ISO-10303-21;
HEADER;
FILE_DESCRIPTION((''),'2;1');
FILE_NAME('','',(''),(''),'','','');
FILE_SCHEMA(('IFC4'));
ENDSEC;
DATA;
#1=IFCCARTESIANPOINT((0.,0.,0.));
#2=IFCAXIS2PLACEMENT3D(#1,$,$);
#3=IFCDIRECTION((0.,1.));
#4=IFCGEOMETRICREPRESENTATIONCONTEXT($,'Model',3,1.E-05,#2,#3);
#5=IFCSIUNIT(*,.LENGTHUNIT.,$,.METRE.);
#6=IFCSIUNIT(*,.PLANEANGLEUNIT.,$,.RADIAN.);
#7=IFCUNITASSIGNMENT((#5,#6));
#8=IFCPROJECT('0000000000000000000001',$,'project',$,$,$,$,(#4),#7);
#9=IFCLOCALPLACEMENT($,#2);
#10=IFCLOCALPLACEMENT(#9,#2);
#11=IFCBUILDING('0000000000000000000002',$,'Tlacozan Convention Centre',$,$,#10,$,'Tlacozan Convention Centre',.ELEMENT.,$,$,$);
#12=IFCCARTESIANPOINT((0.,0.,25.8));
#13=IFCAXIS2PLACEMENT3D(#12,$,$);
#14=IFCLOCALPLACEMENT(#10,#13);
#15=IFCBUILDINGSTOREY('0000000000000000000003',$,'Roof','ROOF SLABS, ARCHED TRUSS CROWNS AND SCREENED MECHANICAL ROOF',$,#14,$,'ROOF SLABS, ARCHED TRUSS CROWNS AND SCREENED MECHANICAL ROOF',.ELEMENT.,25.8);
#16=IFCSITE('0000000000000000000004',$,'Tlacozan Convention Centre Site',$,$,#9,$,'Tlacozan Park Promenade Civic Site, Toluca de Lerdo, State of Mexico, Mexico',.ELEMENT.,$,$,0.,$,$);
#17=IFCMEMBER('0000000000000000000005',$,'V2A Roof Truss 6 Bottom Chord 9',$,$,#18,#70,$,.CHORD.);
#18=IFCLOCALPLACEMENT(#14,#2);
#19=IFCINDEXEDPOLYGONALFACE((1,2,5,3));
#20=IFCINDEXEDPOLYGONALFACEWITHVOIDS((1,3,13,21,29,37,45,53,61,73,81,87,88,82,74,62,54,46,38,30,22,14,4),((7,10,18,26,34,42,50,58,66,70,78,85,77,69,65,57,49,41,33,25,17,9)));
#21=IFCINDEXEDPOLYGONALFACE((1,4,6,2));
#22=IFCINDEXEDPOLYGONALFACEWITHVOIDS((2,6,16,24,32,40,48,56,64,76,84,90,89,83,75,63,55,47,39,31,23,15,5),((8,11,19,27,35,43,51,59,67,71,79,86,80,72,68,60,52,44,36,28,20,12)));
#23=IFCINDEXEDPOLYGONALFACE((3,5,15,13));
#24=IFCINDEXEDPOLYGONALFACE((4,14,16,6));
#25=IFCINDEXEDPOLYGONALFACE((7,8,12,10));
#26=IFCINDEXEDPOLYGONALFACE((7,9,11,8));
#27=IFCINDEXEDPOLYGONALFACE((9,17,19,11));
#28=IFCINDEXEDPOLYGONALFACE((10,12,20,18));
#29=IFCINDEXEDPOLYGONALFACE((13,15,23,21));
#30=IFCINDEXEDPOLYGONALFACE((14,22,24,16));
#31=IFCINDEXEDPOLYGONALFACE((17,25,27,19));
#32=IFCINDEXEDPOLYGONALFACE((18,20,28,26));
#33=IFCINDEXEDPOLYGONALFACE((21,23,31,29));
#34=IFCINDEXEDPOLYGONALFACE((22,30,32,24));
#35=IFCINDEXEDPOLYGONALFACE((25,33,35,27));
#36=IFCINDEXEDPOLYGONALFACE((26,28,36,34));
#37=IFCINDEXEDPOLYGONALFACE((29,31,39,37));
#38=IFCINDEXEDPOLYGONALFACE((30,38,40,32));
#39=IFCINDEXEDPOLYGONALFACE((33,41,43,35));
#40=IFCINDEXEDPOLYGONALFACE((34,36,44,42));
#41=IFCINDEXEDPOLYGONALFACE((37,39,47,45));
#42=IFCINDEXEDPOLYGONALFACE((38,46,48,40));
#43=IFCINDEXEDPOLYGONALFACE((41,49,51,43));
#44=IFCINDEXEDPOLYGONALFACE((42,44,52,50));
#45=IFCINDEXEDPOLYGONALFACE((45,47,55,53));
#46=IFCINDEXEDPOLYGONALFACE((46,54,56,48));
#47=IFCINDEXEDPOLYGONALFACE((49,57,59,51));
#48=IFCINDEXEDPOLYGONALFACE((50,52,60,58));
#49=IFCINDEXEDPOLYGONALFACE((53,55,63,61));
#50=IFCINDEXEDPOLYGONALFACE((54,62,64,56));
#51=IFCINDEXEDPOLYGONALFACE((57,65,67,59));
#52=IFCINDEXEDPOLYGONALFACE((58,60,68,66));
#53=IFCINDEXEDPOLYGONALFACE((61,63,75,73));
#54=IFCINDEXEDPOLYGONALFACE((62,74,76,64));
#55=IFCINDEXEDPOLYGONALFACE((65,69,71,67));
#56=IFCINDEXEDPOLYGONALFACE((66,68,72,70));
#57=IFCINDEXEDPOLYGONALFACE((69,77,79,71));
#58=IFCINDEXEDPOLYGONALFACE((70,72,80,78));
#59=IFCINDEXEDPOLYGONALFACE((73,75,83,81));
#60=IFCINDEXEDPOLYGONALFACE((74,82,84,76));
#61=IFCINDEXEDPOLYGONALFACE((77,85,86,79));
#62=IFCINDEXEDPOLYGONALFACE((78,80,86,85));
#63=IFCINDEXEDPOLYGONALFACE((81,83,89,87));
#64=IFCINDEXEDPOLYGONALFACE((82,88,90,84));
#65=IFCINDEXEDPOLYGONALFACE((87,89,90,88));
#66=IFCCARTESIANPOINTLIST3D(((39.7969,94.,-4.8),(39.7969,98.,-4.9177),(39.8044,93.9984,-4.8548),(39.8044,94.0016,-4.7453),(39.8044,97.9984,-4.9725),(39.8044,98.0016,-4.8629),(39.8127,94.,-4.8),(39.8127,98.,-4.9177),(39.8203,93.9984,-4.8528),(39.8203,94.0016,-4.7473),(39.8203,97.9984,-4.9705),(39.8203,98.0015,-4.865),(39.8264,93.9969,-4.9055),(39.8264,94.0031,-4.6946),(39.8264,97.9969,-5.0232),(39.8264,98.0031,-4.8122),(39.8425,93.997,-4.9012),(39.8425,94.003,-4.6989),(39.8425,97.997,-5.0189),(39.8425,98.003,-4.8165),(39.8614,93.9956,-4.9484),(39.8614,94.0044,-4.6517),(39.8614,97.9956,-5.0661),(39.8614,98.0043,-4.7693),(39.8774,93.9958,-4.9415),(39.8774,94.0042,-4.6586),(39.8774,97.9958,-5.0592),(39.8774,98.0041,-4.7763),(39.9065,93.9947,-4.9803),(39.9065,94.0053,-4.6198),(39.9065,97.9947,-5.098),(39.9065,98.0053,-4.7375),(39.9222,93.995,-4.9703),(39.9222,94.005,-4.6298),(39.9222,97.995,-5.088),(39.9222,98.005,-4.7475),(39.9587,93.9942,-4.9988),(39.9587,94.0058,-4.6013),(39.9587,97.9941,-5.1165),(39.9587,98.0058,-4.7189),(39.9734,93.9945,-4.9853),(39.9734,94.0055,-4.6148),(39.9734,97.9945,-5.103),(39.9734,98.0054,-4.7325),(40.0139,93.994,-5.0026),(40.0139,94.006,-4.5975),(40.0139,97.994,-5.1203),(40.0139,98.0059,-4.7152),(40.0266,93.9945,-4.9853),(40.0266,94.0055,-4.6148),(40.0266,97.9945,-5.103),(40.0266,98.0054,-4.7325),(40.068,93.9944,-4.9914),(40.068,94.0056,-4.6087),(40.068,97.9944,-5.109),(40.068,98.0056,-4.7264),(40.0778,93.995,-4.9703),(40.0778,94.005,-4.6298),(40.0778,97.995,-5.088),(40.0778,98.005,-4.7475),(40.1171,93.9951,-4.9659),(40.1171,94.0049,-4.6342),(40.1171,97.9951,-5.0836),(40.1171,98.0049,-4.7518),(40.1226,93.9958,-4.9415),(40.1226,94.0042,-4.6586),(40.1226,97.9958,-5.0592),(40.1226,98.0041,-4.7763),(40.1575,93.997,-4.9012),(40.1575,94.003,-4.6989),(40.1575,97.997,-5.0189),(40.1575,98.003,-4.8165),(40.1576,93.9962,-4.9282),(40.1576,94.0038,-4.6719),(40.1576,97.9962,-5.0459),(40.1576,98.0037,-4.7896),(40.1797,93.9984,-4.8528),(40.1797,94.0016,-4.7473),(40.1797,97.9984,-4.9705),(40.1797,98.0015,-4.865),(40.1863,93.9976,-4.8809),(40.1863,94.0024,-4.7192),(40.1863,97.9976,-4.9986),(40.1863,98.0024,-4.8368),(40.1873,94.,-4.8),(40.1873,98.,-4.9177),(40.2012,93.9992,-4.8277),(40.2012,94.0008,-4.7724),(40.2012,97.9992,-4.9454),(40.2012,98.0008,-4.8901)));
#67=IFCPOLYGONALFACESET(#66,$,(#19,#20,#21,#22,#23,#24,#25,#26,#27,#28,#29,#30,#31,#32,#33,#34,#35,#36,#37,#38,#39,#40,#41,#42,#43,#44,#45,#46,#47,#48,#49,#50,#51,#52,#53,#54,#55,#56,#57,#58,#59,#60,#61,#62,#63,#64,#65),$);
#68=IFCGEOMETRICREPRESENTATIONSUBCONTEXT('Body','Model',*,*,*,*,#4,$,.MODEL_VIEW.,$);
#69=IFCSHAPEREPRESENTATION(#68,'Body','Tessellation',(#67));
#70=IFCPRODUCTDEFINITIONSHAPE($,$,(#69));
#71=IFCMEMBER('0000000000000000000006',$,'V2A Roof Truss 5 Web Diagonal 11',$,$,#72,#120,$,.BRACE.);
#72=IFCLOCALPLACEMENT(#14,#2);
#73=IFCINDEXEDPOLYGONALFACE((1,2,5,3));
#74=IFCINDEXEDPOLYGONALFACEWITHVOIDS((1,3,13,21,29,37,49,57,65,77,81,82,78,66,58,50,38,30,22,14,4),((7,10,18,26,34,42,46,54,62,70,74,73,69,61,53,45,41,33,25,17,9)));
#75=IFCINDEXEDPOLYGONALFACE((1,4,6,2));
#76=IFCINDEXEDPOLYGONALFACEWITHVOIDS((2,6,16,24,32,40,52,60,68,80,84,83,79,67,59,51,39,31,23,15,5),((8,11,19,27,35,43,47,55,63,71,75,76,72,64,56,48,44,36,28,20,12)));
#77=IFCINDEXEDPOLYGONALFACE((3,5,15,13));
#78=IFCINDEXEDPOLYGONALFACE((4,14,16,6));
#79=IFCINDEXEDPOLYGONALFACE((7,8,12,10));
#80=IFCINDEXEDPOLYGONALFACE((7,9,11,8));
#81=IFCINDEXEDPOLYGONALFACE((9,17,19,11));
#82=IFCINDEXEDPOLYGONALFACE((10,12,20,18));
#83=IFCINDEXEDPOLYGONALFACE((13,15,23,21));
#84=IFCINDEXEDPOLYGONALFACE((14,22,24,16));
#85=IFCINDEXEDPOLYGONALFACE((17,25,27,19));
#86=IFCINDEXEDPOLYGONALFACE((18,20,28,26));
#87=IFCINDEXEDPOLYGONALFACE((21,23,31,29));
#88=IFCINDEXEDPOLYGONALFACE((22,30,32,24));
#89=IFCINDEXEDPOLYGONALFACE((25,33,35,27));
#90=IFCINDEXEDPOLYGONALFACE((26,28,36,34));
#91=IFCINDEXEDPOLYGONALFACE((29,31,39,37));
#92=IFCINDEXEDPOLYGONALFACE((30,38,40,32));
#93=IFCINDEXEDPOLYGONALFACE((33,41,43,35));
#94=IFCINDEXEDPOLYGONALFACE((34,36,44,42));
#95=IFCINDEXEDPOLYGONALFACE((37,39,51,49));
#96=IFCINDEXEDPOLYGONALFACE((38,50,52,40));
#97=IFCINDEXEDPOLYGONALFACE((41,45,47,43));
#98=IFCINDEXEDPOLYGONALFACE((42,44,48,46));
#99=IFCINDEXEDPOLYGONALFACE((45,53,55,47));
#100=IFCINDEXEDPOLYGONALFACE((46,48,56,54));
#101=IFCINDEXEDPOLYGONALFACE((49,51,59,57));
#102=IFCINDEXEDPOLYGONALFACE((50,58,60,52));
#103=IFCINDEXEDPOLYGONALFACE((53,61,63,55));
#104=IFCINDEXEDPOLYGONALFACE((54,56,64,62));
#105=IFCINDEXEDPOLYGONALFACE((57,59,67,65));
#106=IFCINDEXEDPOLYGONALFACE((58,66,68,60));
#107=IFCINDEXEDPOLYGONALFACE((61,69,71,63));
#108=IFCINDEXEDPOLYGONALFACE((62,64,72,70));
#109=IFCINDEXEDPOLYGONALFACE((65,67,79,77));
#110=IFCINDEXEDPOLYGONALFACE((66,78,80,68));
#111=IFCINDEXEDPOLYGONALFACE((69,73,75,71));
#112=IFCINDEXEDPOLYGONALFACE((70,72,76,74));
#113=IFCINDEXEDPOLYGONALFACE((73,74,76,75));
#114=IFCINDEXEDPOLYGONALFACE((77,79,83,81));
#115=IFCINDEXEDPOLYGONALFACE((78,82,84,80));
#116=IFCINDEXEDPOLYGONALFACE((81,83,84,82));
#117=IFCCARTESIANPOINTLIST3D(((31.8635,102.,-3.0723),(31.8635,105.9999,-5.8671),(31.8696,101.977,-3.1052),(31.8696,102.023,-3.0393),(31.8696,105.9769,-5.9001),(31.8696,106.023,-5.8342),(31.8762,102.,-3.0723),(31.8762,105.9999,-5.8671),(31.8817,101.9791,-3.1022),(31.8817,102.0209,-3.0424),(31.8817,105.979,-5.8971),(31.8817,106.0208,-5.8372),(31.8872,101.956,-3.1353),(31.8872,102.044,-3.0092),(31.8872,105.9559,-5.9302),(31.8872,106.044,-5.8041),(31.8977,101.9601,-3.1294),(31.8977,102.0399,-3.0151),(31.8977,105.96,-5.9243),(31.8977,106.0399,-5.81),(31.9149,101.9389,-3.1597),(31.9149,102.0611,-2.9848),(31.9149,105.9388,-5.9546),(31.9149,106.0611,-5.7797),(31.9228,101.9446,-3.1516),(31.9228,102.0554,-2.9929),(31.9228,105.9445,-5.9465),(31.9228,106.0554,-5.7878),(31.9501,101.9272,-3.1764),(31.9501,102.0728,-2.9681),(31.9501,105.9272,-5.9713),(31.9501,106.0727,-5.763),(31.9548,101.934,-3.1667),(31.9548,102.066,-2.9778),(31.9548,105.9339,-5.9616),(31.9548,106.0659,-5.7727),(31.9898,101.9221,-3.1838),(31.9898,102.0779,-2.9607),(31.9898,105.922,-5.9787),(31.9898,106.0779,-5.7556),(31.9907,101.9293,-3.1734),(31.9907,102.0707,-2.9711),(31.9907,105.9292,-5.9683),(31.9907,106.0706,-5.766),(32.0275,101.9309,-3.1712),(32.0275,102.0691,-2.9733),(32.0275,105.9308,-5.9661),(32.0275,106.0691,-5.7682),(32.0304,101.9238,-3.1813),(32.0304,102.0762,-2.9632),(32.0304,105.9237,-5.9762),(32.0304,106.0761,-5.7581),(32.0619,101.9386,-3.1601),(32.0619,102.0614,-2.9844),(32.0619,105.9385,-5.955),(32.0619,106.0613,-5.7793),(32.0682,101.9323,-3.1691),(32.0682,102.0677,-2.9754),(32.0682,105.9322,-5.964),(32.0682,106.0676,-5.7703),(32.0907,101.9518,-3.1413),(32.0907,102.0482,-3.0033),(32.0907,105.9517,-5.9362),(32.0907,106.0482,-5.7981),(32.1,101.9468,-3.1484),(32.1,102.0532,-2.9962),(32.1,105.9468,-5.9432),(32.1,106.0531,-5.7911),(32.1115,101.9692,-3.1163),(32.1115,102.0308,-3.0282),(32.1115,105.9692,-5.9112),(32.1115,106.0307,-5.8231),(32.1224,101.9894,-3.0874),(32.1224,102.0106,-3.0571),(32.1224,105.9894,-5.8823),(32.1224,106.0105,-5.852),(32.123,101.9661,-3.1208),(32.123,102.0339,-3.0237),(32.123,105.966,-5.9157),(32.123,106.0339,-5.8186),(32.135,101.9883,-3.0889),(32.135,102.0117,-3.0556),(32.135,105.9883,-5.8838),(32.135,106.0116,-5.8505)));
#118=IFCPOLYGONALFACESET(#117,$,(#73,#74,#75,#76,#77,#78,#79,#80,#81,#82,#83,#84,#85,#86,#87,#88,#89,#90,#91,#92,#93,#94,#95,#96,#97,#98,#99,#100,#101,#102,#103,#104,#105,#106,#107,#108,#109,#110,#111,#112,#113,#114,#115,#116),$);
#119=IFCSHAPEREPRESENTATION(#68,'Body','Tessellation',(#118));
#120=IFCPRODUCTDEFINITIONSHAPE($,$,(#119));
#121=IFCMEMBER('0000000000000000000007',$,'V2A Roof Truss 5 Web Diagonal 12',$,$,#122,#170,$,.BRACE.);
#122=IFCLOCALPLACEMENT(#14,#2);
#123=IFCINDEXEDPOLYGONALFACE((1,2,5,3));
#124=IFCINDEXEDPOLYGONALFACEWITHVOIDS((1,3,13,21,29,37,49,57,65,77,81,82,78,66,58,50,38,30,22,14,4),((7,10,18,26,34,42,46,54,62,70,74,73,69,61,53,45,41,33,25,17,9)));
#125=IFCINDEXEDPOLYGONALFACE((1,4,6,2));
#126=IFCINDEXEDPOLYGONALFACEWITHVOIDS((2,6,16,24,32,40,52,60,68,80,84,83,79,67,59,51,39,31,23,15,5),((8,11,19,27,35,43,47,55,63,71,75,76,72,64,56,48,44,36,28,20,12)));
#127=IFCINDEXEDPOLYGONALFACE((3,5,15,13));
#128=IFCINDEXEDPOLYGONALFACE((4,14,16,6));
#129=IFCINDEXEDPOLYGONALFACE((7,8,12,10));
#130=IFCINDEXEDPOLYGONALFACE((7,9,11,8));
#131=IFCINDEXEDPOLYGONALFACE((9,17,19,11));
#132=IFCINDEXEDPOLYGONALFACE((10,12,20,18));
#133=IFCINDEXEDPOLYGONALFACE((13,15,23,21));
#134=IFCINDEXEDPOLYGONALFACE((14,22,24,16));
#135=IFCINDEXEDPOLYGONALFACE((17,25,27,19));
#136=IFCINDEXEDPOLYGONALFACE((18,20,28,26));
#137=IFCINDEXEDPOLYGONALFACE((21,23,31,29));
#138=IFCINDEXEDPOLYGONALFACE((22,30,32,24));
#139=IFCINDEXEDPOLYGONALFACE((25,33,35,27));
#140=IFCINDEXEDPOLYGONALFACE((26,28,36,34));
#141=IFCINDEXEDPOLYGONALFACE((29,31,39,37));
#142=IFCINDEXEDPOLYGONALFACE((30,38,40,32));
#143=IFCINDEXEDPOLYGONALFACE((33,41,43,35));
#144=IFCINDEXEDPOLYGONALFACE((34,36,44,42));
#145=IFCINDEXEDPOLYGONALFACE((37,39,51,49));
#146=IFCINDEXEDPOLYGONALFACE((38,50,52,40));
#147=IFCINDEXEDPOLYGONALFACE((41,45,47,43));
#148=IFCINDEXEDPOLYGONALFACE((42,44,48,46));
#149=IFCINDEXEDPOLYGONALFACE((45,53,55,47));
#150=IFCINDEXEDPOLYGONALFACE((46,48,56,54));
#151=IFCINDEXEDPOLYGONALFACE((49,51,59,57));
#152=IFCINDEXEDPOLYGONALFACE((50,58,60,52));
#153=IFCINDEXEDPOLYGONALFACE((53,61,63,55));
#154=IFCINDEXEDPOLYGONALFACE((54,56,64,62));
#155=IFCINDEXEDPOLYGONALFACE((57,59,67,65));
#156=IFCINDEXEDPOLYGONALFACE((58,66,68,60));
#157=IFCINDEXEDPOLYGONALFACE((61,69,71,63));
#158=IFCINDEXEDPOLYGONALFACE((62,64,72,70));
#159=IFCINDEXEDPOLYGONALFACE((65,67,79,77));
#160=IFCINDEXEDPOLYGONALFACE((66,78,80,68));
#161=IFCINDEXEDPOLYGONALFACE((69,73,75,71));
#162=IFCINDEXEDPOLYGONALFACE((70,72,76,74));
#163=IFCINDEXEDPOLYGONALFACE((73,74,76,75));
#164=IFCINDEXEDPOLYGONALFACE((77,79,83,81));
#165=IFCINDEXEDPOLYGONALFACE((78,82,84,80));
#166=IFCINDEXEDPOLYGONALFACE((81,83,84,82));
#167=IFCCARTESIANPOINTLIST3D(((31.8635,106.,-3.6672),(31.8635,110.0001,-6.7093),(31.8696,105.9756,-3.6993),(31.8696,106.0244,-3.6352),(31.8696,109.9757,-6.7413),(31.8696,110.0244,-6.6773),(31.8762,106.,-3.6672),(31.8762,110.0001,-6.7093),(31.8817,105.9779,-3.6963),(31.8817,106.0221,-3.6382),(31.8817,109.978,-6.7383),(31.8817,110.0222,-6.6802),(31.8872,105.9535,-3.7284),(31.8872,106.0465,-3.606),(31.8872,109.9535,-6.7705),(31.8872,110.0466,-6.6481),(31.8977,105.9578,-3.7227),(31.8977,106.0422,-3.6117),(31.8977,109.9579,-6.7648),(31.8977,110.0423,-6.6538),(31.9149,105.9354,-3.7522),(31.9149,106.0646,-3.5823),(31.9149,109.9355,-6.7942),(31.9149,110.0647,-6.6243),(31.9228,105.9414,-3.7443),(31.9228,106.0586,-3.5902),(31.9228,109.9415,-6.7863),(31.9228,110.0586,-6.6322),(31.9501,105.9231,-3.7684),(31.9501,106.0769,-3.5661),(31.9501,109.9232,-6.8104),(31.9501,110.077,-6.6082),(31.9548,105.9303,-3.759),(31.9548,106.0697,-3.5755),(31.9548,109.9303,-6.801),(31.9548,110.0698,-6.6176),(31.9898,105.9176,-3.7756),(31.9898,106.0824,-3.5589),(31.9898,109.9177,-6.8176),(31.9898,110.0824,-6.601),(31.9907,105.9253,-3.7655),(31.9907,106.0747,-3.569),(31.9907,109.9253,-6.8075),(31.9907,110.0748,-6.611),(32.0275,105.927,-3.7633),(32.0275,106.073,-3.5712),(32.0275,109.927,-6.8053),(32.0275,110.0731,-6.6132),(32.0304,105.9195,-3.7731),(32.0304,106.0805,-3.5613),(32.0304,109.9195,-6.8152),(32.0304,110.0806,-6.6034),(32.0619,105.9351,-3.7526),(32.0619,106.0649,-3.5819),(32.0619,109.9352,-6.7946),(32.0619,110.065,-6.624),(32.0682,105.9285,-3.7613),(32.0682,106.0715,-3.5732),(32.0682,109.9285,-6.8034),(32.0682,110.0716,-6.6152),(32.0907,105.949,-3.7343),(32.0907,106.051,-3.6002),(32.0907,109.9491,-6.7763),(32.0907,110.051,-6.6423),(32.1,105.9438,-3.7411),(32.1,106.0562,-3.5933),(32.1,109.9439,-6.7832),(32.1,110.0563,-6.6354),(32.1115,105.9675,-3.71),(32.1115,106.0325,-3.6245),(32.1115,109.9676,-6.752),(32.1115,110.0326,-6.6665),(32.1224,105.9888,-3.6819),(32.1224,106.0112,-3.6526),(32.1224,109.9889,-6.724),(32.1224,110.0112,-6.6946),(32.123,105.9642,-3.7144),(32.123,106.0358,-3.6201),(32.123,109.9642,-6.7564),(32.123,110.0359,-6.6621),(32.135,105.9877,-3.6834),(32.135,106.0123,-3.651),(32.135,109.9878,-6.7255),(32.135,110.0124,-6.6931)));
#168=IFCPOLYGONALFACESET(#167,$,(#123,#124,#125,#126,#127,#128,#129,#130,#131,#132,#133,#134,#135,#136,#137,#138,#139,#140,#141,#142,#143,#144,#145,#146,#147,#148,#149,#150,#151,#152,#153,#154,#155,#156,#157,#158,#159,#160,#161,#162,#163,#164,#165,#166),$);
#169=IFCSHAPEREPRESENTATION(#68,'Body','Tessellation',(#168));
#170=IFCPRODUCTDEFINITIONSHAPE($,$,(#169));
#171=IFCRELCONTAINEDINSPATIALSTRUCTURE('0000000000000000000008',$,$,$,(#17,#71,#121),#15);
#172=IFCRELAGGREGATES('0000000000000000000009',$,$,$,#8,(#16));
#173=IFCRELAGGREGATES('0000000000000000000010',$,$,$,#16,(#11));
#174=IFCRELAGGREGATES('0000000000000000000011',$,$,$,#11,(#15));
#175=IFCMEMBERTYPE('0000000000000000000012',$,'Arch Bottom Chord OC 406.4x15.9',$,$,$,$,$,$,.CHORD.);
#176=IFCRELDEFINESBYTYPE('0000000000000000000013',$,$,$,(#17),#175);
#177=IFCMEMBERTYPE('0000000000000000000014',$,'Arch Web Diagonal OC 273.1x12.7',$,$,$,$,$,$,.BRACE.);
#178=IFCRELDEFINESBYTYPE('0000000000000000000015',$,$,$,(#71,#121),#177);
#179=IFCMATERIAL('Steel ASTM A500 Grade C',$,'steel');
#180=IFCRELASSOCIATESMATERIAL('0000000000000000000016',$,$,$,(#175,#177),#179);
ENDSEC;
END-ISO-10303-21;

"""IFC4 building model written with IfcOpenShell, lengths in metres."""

from ifc_helpers import new_model, si_unit, direction, frame, origin, origin_2d, place, context, subcontext, project, spatial, hollow_circle, extrude, material, material_profile, profile_set, type_object, element, save


model = new_model("IFC4")

# Units and contexts
model_context = context("Model", 3, precision=1e-05, world=origin(), true_north=direction((0.0, 1.0)))
body_context = subcontext(model_context, "Body", "Model", "MODEL_VIEW")
ifc_project = project(units=[si_unit("LENGTHUNIT", "METRE"), si_unit("PLANEANGLEUNIT", "RADIAN")], contexts=[model_context])

# Site, building, storey
site_placement = place(None, origin())
site = spatial("IfcSite", under=ifc_project, at=site_placement, Name="Tlacozan Convention Centre Site", LongName="Tlacozan Park Promenade Civic Site, Toluca de Lerdo, State of Mexico, Mexico", CompositionType="ELEMENT", RefElevation=0.0)
building_placement = place(site_placement, origin())
building = spatial("IfcBuilding", under=site, at=building_placement, Name="Tlacozan Convention Centre", LongName="Tlacozan Convention Centre", CompositionType="ELEMENT")
storey_placement = place(building_placement, frame((0.0, 0.0, 25.8)))
storey = spatial("IfcBuildingStorey", under=building, at=storey_placement, Name="Roof", Description="ROOF SLABS, ARCHED TRUSS CROWNS AND SCREENED MECHANICAL ROOF", LongName="ROOF SLABS, ARCHED TRUSS CROWNS AND SCREENED MECHANICAL ROOF", CompositionType="ELEMENT", Elevation=25.8)

# Members
ifc_material_1 = material(Name="Steel ASTM A500 Grade C", Category="steel")
ifc_material_profile_1 = material_profile(ifc_material_1, hollow_circle(Radius=0.2031, WallThickness=0.0159, at=origin_2d()), Name="OC 406.4x15.9")
ifc_profile_set_1 = profile_set([ifc_material_profile_1], Name="Steel ASTM A500 Grade C")
member_type_1 = type_object("IfcMemberType", Name="Arch Bottom Chord OC 406.4x15.9", PredefinedType="CHORD", material=ifc_profile_set_1)
member_1_placement = place(storey_placement, frame((40.0, 94.0, -4.8), z_axis=(0.0, 0.999568, -0.029406), x_axis=(-1.0, 0.0, 0.0)))
element("IfcMember", 1, at=member_1_placement, inside=storey, type_object=member_type_1, Name="V2A Roof Truss 6 Bottom Chord 9", PredefinedType="CHORD", context=body_context, shape_type="SweptSolid", body=[
    extrude(hollow_circle(Radius=0.2031, WallThickness=0.0159, at=origin_2d()), origin(), (0.0, 0.0, 1.0), 4.0017),
])
ifc_material_profile_2 = material_profile(ifc_material_1, hollow_circle(Radius=0.1365, WallThickness=0.0127, at=origin_2d()), Name="OC 273.1x12.7")
ifc_profile_set_2 = profile_set([ifc_material_profile_2], Name="Steel ASTM A500 Grade C")
member_type_2 = type_object("IfcMemberType", Name="Arch Web Diagonal OC 273.1x12.7", PredefinedType="BRACE", material=ifc_profile_set_2)
member_2_placement = place(storey_placement, frame((32.0, 102.0, -3.0723), z_axis=(0.0, 0.819721, -0.572764), x_axis=(-1.0, 0.0, 0.0)))
element("IfcMember", 2, at=member_2_placement, inside=storey, type_object=member_type_2, Name="V2A Roof Truss 5 Web Diagonal 11", PredefinedType="BRACE", context=body_context, shape_type="SweptSolid", body=[
    extrude(hollow_circle(Radius=0.1365, WallThickness=0.0127, at=origin_2d()), origin(), (0.0, 0.0, 1.0), 4.8796),
])
member_3_placement = place(storey_placement, frame((32.0, 106.0, -3.6672), z_axis=(0.0, 0.795971, -0.605335), x_axis=(-1.0, 0.0, 0.0)))
element("IfcMember", 3, at=member_3_placement, inside=storey, type_object=member_type_2, Name="V2A Roof Truss 5 Web Diagonal 12", PredefinedType="BRACE", context=body_context, shape_type="SweptSolid", body=[
    extrude(hollow_circle(Radius=0.1365, WallThickness=0.0127, at=origin_2d()), origin(), (0.0, 0.0, 1.0), 5.0254),
])

save(model, "model.ifc")
